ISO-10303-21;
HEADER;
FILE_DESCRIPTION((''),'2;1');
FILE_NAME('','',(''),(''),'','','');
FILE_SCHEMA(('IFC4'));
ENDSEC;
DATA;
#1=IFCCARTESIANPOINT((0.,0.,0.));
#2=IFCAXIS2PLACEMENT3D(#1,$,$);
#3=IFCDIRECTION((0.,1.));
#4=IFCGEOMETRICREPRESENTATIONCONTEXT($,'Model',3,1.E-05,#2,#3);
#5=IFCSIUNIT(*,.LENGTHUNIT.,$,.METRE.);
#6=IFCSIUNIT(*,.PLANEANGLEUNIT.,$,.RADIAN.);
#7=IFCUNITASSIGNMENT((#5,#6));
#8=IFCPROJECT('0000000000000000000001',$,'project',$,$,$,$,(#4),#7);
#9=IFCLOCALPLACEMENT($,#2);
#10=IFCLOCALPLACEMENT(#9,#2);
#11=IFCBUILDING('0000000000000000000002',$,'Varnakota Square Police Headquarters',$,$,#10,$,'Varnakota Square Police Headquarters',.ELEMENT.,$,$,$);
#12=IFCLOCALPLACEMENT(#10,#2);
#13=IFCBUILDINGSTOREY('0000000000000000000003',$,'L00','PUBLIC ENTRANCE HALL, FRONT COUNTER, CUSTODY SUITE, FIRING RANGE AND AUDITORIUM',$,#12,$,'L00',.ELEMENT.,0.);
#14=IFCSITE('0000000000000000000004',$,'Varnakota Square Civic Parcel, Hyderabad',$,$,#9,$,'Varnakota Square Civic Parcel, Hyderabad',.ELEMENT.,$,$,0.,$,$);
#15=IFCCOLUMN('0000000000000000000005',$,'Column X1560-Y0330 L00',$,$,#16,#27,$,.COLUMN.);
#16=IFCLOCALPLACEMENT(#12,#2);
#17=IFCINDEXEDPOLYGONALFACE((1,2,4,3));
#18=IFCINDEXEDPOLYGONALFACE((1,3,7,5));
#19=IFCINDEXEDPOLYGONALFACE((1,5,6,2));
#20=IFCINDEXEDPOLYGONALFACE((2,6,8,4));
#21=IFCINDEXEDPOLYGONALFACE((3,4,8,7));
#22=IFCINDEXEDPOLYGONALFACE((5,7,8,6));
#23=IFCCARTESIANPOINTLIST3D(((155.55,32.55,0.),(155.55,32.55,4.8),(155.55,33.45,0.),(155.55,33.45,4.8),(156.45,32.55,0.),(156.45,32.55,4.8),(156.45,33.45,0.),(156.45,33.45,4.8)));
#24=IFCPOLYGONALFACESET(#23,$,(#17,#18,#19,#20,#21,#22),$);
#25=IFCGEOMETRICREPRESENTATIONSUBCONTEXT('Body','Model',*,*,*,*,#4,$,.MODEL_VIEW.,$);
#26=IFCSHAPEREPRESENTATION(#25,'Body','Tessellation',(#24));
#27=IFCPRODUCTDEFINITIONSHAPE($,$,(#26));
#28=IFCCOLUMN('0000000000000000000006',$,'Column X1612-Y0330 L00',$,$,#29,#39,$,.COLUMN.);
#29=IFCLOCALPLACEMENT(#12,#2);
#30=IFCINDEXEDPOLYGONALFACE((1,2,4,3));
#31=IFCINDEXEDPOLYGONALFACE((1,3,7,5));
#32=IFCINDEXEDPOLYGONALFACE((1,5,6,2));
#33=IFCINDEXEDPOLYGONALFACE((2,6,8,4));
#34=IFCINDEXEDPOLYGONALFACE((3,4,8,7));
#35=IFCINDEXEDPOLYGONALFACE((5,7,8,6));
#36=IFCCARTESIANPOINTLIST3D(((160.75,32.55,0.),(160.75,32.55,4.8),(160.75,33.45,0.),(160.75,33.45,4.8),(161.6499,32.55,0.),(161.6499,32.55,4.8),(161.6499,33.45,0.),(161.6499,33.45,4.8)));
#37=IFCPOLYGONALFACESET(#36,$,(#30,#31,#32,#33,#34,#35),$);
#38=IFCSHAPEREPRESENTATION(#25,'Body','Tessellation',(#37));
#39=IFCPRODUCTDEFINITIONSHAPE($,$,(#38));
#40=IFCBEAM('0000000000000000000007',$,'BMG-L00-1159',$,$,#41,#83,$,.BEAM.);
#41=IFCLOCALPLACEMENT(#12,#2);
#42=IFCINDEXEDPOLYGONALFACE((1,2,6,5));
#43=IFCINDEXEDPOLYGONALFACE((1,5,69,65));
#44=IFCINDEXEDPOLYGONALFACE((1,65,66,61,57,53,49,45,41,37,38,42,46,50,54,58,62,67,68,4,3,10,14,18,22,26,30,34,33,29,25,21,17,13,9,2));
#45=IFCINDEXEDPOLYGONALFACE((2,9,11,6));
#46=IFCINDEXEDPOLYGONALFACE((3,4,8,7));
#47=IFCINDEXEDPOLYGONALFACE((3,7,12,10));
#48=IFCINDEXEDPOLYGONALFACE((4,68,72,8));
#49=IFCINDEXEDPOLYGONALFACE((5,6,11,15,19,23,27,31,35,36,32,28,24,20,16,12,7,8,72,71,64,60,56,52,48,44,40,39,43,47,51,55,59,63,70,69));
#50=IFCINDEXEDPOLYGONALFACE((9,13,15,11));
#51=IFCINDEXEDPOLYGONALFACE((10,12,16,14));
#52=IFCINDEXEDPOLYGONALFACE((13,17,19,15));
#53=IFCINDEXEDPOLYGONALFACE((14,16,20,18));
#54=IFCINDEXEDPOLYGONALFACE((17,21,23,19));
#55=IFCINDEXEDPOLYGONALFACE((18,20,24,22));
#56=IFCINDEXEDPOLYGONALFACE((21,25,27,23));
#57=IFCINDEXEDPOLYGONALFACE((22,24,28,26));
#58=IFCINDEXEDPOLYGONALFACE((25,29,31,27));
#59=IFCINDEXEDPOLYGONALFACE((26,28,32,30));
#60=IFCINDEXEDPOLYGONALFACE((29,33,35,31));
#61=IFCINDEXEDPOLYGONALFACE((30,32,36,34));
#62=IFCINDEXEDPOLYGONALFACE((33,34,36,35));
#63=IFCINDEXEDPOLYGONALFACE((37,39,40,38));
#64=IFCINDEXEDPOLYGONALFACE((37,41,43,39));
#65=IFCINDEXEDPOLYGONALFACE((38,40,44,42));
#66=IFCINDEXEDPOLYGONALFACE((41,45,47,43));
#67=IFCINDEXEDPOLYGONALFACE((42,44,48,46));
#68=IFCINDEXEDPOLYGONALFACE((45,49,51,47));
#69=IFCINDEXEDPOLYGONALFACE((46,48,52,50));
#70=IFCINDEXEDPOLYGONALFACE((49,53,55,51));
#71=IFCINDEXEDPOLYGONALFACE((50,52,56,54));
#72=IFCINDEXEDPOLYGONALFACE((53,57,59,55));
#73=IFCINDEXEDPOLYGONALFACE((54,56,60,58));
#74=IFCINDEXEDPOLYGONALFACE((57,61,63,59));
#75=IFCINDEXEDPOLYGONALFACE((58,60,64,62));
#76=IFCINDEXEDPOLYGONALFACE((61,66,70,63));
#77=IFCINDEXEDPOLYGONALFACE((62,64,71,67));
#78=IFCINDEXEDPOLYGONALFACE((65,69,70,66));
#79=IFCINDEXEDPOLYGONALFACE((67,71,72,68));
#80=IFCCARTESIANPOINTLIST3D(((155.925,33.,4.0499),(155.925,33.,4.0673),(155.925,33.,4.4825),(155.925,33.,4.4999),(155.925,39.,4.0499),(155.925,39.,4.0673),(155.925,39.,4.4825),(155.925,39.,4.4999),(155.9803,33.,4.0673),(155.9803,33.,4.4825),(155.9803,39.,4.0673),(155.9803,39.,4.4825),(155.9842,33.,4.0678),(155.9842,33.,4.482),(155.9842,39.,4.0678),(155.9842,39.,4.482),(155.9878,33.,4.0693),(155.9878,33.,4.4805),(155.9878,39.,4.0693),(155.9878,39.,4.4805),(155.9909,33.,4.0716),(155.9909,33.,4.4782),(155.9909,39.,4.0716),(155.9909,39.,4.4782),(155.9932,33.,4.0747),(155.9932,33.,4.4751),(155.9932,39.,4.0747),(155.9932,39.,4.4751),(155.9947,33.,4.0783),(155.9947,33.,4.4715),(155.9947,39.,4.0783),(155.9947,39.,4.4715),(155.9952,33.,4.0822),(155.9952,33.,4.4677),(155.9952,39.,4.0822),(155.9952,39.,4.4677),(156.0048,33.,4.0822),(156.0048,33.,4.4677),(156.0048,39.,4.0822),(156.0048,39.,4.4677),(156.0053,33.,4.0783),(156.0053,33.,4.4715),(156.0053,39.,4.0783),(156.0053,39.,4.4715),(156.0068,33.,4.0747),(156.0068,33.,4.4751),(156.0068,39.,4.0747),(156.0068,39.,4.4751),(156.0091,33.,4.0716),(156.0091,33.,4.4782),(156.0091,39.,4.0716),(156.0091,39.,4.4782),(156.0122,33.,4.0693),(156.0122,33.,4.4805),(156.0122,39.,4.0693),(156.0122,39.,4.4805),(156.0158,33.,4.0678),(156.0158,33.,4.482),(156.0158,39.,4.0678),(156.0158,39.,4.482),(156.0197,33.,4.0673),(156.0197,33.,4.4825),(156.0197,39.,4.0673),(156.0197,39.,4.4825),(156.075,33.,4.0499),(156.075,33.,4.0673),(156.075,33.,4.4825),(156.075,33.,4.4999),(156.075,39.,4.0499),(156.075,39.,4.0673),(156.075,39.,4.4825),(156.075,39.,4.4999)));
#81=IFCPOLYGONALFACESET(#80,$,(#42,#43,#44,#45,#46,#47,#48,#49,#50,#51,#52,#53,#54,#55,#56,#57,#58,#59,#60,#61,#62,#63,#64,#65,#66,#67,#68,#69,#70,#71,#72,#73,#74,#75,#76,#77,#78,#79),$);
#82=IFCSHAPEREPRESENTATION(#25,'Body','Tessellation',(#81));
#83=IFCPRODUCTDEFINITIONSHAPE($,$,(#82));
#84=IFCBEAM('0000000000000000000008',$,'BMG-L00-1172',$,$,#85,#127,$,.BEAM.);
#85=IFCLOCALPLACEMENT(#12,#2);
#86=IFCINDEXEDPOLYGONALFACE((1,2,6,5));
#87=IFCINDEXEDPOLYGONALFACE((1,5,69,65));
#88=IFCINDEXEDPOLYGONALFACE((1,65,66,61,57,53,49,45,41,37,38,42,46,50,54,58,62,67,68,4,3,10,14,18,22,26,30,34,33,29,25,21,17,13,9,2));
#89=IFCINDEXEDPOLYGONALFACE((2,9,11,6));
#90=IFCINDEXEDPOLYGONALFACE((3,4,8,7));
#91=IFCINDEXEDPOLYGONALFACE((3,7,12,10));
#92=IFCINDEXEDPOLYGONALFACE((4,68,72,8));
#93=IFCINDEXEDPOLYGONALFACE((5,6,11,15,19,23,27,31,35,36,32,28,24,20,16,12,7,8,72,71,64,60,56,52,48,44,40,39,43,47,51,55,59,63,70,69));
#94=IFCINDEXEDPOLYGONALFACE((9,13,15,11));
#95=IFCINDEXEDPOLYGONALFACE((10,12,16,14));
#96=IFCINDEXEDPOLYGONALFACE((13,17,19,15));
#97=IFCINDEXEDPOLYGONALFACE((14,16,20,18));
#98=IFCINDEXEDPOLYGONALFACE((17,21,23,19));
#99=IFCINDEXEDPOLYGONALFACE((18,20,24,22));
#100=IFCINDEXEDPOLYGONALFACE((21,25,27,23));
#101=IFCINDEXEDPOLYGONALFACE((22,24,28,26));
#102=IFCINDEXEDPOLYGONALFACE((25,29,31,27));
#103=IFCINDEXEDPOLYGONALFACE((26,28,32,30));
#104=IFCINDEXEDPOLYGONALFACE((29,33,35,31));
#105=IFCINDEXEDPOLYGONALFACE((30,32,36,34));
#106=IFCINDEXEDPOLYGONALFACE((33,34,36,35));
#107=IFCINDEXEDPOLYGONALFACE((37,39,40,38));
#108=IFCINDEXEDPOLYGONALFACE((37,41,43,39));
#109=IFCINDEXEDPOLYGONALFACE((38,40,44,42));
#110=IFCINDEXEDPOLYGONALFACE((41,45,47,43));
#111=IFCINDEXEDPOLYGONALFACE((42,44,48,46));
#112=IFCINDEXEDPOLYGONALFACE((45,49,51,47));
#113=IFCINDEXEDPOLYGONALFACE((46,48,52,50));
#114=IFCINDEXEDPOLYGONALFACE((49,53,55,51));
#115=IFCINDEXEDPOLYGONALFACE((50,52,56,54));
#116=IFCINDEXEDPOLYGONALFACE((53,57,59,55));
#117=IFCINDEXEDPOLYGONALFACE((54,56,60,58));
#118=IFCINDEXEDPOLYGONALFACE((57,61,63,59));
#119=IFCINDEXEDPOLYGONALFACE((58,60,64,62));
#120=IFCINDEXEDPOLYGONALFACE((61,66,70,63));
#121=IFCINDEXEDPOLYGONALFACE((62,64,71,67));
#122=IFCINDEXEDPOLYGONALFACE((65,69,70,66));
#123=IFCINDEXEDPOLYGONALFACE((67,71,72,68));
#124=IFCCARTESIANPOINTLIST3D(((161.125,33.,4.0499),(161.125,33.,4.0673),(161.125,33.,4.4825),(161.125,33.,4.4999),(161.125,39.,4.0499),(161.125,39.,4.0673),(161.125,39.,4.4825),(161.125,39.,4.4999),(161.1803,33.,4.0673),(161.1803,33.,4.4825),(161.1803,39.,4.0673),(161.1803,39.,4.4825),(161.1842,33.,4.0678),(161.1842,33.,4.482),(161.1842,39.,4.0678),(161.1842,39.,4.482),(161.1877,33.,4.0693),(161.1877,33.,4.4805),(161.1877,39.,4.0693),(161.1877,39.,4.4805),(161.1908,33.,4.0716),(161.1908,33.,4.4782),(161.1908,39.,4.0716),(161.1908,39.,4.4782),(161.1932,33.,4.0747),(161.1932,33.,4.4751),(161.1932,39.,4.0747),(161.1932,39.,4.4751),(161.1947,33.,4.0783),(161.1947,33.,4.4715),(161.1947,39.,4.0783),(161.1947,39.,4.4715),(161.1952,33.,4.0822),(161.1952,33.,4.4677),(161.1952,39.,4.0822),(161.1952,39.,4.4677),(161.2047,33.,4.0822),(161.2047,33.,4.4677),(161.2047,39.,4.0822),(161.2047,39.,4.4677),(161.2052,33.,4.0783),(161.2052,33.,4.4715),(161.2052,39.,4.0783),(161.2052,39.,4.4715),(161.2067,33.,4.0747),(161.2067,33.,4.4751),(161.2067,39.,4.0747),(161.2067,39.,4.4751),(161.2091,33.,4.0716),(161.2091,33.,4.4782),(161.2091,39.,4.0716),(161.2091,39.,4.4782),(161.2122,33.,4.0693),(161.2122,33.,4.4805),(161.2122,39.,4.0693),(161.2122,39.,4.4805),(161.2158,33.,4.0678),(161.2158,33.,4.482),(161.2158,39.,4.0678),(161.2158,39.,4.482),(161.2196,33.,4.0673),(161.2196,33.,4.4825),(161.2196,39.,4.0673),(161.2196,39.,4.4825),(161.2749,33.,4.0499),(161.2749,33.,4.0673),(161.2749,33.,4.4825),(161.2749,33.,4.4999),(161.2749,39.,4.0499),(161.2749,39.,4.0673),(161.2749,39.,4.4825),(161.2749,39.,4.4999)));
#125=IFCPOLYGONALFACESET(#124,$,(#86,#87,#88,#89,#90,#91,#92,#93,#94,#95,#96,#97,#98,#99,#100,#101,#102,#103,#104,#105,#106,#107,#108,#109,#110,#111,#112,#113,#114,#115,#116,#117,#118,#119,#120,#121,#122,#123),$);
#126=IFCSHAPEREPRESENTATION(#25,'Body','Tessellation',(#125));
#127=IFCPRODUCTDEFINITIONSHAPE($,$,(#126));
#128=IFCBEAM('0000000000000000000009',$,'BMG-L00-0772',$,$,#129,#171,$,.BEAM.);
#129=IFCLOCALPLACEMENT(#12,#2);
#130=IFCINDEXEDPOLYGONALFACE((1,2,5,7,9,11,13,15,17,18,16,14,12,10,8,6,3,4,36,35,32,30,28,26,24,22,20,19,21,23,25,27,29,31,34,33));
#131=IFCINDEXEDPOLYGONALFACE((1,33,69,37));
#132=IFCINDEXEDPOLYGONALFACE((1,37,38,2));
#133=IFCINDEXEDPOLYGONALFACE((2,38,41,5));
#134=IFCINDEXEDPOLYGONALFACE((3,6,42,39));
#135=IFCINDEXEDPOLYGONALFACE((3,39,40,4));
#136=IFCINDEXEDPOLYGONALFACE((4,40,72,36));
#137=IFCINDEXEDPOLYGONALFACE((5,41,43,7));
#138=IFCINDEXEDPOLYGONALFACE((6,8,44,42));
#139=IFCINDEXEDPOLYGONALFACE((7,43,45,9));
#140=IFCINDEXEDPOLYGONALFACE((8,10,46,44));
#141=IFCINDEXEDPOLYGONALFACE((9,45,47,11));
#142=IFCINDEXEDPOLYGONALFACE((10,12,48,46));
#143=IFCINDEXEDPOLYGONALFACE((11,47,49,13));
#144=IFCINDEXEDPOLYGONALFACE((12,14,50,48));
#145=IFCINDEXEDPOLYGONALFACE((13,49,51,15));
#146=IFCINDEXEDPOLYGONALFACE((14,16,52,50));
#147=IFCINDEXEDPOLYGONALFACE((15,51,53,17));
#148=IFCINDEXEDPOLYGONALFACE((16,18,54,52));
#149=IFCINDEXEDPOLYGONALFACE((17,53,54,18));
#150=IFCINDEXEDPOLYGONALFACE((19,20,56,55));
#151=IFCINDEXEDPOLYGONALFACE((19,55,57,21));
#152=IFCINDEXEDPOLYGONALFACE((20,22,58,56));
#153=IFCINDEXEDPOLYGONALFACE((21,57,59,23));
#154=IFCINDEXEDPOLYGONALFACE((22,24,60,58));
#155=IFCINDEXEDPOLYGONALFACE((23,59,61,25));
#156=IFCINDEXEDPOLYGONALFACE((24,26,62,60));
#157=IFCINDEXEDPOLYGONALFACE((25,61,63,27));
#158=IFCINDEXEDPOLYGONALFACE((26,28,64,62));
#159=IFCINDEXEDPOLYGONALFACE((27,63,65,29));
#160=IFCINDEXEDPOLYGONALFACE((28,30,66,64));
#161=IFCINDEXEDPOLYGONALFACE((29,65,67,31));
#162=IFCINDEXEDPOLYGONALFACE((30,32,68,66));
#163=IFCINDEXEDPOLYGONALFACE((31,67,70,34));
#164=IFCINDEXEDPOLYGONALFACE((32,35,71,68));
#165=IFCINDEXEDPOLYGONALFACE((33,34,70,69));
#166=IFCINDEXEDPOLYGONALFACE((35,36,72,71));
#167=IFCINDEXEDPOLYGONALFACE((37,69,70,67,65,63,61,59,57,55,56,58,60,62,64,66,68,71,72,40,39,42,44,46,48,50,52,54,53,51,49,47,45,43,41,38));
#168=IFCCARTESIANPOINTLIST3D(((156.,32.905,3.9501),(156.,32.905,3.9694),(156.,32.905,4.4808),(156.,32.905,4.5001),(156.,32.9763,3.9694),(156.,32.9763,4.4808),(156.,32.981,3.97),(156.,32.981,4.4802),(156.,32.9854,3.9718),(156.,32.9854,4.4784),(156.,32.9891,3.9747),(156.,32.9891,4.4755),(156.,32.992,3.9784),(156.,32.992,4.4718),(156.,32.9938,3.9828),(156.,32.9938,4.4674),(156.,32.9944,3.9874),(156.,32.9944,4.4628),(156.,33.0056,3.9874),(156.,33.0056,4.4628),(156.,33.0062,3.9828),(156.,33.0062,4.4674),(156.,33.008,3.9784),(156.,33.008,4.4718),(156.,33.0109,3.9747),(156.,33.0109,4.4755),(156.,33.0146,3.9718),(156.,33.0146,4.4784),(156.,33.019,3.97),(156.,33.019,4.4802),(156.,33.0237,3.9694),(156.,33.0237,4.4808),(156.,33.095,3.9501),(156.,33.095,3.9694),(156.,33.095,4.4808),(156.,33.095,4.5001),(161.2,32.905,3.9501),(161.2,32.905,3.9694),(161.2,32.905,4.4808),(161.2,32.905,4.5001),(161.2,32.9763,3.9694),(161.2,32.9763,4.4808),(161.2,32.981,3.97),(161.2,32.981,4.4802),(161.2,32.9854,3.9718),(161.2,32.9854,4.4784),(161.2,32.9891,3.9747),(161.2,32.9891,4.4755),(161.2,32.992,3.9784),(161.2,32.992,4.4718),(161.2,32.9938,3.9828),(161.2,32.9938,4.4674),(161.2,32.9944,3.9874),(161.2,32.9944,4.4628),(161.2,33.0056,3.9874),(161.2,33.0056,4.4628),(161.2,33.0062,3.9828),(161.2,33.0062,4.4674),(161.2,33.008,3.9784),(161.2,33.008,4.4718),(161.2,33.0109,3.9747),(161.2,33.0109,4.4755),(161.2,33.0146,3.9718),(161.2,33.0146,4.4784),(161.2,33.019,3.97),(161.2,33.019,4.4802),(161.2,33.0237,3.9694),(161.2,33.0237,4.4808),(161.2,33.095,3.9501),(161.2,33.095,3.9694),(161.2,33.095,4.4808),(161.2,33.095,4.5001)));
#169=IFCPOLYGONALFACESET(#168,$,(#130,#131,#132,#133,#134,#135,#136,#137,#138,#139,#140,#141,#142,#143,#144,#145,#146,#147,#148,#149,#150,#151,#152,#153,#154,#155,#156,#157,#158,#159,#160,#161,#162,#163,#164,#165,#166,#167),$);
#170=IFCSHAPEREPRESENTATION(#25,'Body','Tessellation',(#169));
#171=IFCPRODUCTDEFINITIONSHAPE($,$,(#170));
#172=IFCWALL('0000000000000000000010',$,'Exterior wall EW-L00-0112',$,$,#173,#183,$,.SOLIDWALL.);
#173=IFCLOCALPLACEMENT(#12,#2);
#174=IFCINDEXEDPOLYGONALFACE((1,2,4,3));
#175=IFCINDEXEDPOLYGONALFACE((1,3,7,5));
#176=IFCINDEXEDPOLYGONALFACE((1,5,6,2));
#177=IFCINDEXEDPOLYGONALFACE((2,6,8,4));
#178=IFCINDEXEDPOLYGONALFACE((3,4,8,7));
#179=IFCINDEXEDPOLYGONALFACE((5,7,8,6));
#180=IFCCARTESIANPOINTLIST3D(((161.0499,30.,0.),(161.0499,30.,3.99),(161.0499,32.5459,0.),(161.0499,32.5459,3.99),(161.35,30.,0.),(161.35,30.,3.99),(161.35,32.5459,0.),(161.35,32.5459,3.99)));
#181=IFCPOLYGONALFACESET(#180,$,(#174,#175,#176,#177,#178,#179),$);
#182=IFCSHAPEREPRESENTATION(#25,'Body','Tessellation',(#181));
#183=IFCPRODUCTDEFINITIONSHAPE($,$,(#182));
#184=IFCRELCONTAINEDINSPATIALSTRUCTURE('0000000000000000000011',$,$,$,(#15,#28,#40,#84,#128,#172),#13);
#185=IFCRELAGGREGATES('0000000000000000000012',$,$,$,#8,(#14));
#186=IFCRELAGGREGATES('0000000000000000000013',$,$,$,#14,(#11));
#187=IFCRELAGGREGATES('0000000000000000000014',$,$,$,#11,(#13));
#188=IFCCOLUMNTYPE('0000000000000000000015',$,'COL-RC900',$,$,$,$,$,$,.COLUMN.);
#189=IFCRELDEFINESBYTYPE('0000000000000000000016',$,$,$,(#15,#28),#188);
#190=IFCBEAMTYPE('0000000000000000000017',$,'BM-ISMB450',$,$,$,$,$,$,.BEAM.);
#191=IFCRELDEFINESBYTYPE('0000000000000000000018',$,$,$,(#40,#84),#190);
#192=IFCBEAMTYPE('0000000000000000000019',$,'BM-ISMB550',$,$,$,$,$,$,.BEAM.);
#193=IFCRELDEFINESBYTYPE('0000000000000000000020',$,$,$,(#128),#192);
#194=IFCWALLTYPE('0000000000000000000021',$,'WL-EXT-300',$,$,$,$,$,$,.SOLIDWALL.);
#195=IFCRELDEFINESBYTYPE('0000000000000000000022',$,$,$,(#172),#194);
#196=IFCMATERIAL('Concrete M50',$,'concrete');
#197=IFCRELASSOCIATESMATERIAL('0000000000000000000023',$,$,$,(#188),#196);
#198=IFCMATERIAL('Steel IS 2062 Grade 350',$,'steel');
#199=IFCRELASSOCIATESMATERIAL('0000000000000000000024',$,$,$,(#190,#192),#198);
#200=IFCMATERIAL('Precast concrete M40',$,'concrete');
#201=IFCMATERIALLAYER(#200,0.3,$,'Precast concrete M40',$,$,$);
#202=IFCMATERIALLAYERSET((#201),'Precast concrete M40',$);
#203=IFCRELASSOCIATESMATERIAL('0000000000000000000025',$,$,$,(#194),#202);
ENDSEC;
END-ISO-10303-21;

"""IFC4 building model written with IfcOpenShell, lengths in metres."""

from ifc_helpers import new_model, si_unit, direction, frame, frame_2d, origin, origin_2d, place, context, subcontext, project, spatial, rectangle, i_section, extrude, material, layer, layer_set, material_profile, profile_set, type_object, element, save


model = new_model("IFC4")

# Units and contexts
model_context = context("Model", 3, precision=1e-05, world=origin(), true_north=direction((0.0, 1.0)))
body_context = subcontext(model_context, "Body", "Model", "MODEL_VIEW")
ifc_project = project(units=[si_unit("LENGTHUNIT", "METRE"), si_unit("PLANEANGLEUNIT", "RADIAN")], contexts=[model_context])

# Site, building, storey
site_placement = place(None, origin())
site = spatial("IfcSite", under=ifc_project, at=site_placement, Name="Varnakota Square Civic Parcel, Hyderabad", LongName="Varnakota Square Civic Parcel, Hyderabad", CompositionType="ELEMENT", RefElevation=0.0)
building_placement = place(site_placement, origin())
building = spatial("IfcBuilding", under=site, at=building_placement, Name="Varnakota Square Police Headquarters", LongName="Varnakota Square Police Headquarters", CompositionType="ELEMENT")
storey_placement = place(building_placement, origin())
storey = spatial("IfcBuildingStorey", under=building, at=storey_placement, Name="L00", Description="PUBLIC ENTRANCE HALL, FRONT COUNTER, CUSTODY SUITE, FIRING RANGE AND AUDITORIUM", LongName="L00", CompositionType="ELEMENT", Elevation=0.0)

# Columns
ifc_material_1 = material(Name="Concrete M50", Category="concrete")
ifc_material_profile_1 = material_profile(ifc_material_1, rectangle(XDim=0.8999, YDim=0.8999, at=origin_2d()), Name="RC 900x900")
ifc_profile_set_1 = profile_set([ifc_material_profile_1], Name="Concrete M50")
column_type = type_object("IfcColumnType", Name="COL-RC900", PredefinedType="COLUMN", material=ifc_profile_set_1)
for number, where, z_axis, x_axis, name in (
    (1, (156.0, 33.0, 0.0), (0.0, 0.0, 1.0), (1.0, 0.0, 0.0), "Column X1560-Y0330 L00"),
    (2, (161.2, 33.0, 0.0), (0.0, 0.0, 1.0), (1.0, 0.0, 0.0), "Column X1612-Y0330 L00"),
):
    element("IfcColumn", number, at=place(storey_placement, frame(where, z_axis=z_axis, x_axis=x_axis)), inside=storey, type_object=column_type, Name=name, PredefinedType="COLUMN", context=body_context, shape_type="SweptSolid", body=[
        extrude(rectangle(XDim=0.8999, YDim=0.8999, at=origin_2d()), origin(), (0.0, 0.0, 1.0), 4.8),
    ])

# Beams
ifc_material_2 = material(Name="Steel IS 2062 Grade 350", Category="steel")
ifc_material_profile_2 = material_profile(ifc_material_2, i_section(OverallWidth=0.1499, OverallDepth=0.45, WebThickness=0.0095, FlangeThickness=0.0173, FilletRadius=0.0149, at=origin_2d()), Name="ISMB 450")
ifc_profile_set_2 = profile_set([ifc_material_profile_2], Name="Steel IS 2062 Grade 350")
beam_type_1 = type_object("IfcBeamType", Name="BM-ISMB450", PredefinedType="BEAM", material=ifc_profile_set_2)
for number, where, z_axis, x_axis, name in (
    (3, (156.0, 33.0, 4.2749), (0.0, 1.0, 0.0), (-1.0, 0.0, 0.0), "BMG-L00-1159"),
    (4, (161.2, 33.0, 4.2749), (0.0, 1.0, 0.0), (-1.0, 0.0, 0.0), "BMG-L00-1172"),
):
    element("IfcBeam", number, at=place(storey_placement, frame(where, z_axis=z_axis, x_axis=x_axis)), inside=storey, type_object=beam_type_1, Name=name, PredefinedType="BEAM", context=body_context, shape_type="SweptSolid", body=[
        extrude(i_section(OverallWidth=0.1499, OverallDepth=0.45, WebThickness=0.0095, FlangeThickness=0.0173, FilletRadius=0.0149, at=origin_2d()), origin(), (0.0, 0.0, 1.0), 6.0),
    ])
ifc_material_profile_3 = material_profile(ifc_material_2, i_section(OverallWidth=0.1899, OverallDepth=0.55, WebThickness=0.0112, FlangeThickness=0.0193, FilletRadius=0.0181, at=origin_2d()), Name="ISMB 550")
ifc_profile_set_3 = profile_set([ifc_material_profile_3], Name="Steel IS 2062 Grade 350")
beam_type_2 = type_object("IfcBeamType", Name="BM-ISMB550", PredefinedType="BEAM", material=ifc_profile_set_3)
beam_placement = place(storey_placement, frame((156.0, 33.0, 4.2251), z_axis=(1.0, 0.0, 0.0), x_axis=(0.0, 1.0, 0.0)))
element("IfcBeam", 5, at=beam_placement, inside=storey, type_object=beam_type_2, Name="BMG-L00-0772", PredefinedType="BEAM", context=body_context, shape_type="SweptSolid", body=[
    extrude(i_section(OverallWidth=0.1899, OverallDepth=0.55, WebThickness=0.0112, FlangeThickness=0.0193, FilletRadius=0.0181, at=origin_2d()), origin(), (0.0, 0.0, 1.0), 5.2),
])

# Wall
ifc_material_3 = material(Name="Precast concrete M40", Category="concrete")
ifc_layer_1 = layer(ifc_material_3, 0.3, Name="Precast concrete M40")
ifc_layer_set_1 = layer_set([ifc_layer_1], Name="Precast concrete M40")
wall_type_1 = type_object("IfcWallType", Name="WL-EXT-300", PredefinedType="SOLIDWALL", material=ifc_layer_set_1)
wall_1_placement = place(storey_placement, frame((161.2, 30.0, 0.0), z_axis=(0.0, 0.0, 1.0), x_axis=(0.0, 1.0, 0.0)))
element("IfcWall", 6, at=wall_1_placement, inside=storey, type_object=wall_type_1, Name="Exterior wall EW-L00-0112", PredefinedType="SOLIDWALL", context=body_context, shape_type="SweptSolid", body=[
    extrude(rectangle(XDim=2.5459, YDim=0.3, at=frame_2d((1.2729, 0.0))), origin(), (0.0, 0.0, 1.0), 3.99),
])

save(model, "model.ifc")
